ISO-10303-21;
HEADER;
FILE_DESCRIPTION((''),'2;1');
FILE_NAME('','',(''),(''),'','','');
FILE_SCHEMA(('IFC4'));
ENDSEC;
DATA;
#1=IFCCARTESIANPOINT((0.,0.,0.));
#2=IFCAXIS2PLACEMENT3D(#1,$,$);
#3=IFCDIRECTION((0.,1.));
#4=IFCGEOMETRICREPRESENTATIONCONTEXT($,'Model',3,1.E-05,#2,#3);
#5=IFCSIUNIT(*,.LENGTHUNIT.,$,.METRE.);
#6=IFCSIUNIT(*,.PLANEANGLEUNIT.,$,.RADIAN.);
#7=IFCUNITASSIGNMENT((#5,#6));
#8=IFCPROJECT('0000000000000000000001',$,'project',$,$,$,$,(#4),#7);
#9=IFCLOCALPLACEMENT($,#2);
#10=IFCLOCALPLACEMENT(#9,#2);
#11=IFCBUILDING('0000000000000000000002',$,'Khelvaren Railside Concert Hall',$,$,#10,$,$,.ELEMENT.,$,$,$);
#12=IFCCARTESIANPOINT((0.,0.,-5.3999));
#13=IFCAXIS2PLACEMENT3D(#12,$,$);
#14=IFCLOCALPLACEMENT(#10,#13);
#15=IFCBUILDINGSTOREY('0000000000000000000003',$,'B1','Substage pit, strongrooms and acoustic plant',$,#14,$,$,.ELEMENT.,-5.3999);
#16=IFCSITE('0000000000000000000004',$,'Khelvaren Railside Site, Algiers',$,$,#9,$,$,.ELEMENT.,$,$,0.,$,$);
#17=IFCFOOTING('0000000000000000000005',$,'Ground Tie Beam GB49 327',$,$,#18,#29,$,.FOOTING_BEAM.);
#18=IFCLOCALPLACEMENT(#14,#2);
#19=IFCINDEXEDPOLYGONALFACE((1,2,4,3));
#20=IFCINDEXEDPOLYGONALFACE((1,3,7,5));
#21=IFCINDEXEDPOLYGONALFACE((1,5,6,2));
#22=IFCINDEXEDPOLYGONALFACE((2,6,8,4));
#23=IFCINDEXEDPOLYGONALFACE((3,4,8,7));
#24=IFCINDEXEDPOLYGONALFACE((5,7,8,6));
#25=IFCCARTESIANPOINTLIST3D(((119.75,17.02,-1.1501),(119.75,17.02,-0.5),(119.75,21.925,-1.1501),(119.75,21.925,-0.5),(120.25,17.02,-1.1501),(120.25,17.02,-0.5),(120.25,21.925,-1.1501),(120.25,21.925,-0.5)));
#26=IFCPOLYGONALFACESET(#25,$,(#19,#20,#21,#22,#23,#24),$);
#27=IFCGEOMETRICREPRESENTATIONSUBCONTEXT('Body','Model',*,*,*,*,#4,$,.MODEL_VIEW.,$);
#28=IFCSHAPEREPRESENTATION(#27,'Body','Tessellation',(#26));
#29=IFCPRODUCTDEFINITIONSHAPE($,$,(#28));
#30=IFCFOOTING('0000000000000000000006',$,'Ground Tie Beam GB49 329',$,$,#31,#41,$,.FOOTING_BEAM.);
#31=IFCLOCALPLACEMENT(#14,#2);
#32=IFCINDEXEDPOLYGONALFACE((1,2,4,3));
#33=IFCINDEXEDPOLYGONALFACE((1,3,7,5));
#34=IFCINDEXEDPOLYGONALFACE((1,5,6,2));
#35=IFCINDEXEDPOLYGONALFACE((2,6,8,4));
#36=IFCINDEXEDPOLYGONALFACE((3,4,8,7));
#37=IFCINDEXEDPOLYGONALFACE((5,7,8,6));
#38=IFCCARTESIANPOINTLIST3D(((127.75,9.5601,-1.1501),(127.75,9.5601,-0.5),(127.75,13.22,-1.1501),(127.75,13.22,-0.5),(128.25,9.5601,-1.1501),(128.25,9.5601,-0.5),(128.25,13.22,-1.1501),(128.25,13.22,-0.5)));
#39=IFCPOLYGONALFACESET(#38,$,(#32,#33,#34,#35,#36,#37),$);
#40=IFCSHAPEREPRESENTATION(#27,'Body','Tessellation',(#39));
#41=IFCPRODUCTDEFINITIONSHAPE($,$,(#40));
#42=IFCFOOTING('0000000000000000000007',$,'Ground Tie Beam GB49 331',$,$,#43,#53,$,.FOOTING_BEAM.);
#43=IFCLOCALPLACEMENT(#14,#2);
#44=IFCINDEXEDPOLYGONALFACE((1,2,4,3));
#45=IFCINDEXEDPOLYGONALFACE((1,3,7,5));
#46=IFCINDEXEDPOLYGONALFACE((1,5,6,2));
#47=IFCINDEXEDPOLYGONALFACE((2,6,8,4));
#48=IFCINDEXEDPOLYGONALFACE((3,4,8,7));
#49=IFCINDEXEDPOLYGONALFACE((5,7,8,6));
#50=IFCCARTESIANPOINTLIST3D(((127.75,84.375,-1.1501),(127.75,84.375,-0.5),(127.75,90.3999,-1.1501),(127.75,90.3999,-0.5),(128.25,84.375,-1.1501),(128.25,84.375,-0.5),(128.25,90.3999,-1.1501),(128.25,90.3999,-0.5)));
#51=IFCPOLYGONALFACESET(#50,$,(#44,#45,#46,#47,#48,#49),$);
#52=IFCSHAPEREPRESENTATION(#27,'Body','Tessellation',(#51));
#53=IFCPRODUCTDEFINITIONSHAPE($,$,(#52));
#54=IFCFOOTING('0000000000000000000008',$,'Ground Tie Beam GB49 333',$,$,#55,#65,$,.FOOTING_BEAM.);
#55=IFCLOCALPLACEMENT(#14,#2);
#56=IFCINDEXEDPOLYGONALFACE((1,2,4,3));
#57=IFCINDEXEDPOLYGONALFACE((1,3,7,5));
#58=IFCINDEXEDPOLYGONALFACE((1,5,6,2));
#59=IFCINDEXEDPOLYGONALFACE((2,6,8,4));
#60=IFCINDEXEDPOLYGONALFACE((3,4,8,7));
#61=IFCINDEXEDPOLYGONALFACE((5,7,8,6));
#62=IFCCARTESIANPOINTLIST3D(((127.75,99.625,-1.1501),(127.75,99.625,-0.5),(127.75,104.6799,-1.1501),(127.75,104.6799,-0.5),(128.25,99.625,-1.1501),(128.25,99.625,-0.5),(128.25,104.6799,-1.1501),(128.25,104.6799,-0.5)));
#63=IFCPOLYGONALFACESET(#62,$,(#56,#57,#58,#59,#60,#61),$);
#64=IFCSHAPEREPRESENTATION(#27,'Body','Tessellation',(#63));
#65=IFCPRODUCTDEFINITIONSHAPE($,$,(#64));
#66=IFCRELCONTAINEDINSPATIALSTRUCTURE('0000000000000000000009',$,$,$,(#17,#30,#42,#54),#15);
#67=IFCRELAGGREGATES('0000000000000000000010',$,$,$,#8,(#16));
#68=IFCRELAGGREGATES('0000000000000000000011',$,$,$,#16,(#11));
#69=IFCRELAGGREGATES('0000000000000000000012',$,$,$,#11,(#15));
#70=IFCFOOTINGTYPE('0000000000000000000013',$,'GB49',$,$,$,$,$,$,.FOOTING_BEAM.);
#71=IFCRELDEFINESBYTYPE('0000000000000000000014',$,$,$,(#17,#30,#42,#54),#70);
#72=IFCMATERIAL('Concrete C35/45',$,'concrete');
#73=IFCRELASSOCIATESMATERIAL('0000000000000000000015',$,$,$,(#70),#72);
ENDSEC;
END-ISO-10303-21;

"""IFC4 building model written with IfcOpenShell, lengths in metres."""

from ifc_helpers import new_model, si_unit, direction, frame, origin, place, context, subcontext, project, spatial, polyline, outline, extrude, material, type_object, element, save


model = new_model("IFC4")

# Units and contexts
model_context = context("Model", 3, precision=1e-05, world=origin(), true_north=direction((0.0, 1.0)))
body_context = subcontext(model_context, "Body", "Model", "MODEL_VIEW")
ifc_project = project(units=[si_unit("LENGTHUNIT", "METRE"), si_unit("PLANEANGLEUNIT", "RADIAN")], contexts=[model_context])

# Site, building, storey
site_placement = place(None, origin())
site = spatial("IfcSite", under=ifc_project, at=site_placement, Name="Khelvaren Railside Site, Algiers", CompositionType="ELEMENT", RefElevation=0.0)
building_placement = place(site_placement, origin())
building = spatial("IfcBuilding", under=site, at=building_placement, Name="Khelvaren Railside Concert Hall", CompositionType="ELEMENT")
storey_placement = place(building_placement, frame((0.0, 0.0, -5.3999)))
storey = spatial("IfcBuildingStorey", under=building, at=storey_placement, Name="B1", Description="Substage pit, strongrooms and acoustic plant", CompositionType="ELEMENT", Elevation=-5.3999)

# Footings
ifc_material = material(Name="Concrete C35/45", Category="concrete")
footing_type = type_object("IfcFootingType", Name="GB49", PredefinedType="FOOTING_BEAM", material=ifc_material)
footing_1_placement = place(storey_placement, frame((0.0, 0.0, -1.1501)))
element("IfcFooting", 1, at=footing_1_placement, inside=storey, type_object=footing_type, Name="Ground Tie Beam GB49 327", PredefinedType="FOOTING_BEAM", context=body_context, shape_type="SweptSolid", body=[
    extrude(outline(polyline([(119.75, 17.02), (120.25, 17.02), (120.25, 21.925), (119.75, 21.925), (119.75, 17.02)])), origin(), (0.0, 0.0, 1.0), 0.6501),
])
footing_2_placement = place(storey_placement, frame((0.0, 0.0, -1.1501)))
element("IfcFooting", 2, at=footing_2_placement, inside=storey, type_object=footing_type, Name="Ground Tie Beam GB49 329", PredefinedType="FOOTING_BEAM", context=body_context, shape_type="SweptSolid", body=[
    extrude(outline(polyline([(127.75, 9.5601), (128.25, 9.5601), (128.25, 13.22), (127.75, 13.22), (127.75, 9.5601)])), origin(), (0.0, 0.0, 1.0), 0.6501),
])
footing_3_placement = place(storey_placement, frame((0.0, 0.0, -1.1501)))
element("IfcFooting", 3, at=footing_3_placement, inside=storey, type_object=footing_type, Name="Ground Tie Beam GB49 331", PredefinedType="FOOTING_BEAM", context=body_context, shape_type="SweptSolid", body=[
    extrude(outline(polyline([(127.75, 84.375), (128.25, 84.375), (128.25, 90.3999), (127.75, 90.3999), (127.75, 84.375)])), origin(), (0.0, 0.0, 1.0), 0.6501),
])
footing_4_placement = place(storey_placement, frame((0.0, 0.0, -1.1501)))
element("IfcFooting", 4, at=footing_4_placement, inside=storey, type_object=footing_type, Name="Ground Tie Beam GB49 333", PredefinedType="FOOTING_BEAM", context=body_context, shape_type="SweptSolid", body=[
    extrude(outline(polyline([(127.75, 99.625), (128.25, 99.625), (128.25, 104.6799), (127.75, 104.6799), (127.75, 99.625)])), origin(), (0.0, 0.0, 1.0), 0.6501),
])

save(model, "model.ifc")
